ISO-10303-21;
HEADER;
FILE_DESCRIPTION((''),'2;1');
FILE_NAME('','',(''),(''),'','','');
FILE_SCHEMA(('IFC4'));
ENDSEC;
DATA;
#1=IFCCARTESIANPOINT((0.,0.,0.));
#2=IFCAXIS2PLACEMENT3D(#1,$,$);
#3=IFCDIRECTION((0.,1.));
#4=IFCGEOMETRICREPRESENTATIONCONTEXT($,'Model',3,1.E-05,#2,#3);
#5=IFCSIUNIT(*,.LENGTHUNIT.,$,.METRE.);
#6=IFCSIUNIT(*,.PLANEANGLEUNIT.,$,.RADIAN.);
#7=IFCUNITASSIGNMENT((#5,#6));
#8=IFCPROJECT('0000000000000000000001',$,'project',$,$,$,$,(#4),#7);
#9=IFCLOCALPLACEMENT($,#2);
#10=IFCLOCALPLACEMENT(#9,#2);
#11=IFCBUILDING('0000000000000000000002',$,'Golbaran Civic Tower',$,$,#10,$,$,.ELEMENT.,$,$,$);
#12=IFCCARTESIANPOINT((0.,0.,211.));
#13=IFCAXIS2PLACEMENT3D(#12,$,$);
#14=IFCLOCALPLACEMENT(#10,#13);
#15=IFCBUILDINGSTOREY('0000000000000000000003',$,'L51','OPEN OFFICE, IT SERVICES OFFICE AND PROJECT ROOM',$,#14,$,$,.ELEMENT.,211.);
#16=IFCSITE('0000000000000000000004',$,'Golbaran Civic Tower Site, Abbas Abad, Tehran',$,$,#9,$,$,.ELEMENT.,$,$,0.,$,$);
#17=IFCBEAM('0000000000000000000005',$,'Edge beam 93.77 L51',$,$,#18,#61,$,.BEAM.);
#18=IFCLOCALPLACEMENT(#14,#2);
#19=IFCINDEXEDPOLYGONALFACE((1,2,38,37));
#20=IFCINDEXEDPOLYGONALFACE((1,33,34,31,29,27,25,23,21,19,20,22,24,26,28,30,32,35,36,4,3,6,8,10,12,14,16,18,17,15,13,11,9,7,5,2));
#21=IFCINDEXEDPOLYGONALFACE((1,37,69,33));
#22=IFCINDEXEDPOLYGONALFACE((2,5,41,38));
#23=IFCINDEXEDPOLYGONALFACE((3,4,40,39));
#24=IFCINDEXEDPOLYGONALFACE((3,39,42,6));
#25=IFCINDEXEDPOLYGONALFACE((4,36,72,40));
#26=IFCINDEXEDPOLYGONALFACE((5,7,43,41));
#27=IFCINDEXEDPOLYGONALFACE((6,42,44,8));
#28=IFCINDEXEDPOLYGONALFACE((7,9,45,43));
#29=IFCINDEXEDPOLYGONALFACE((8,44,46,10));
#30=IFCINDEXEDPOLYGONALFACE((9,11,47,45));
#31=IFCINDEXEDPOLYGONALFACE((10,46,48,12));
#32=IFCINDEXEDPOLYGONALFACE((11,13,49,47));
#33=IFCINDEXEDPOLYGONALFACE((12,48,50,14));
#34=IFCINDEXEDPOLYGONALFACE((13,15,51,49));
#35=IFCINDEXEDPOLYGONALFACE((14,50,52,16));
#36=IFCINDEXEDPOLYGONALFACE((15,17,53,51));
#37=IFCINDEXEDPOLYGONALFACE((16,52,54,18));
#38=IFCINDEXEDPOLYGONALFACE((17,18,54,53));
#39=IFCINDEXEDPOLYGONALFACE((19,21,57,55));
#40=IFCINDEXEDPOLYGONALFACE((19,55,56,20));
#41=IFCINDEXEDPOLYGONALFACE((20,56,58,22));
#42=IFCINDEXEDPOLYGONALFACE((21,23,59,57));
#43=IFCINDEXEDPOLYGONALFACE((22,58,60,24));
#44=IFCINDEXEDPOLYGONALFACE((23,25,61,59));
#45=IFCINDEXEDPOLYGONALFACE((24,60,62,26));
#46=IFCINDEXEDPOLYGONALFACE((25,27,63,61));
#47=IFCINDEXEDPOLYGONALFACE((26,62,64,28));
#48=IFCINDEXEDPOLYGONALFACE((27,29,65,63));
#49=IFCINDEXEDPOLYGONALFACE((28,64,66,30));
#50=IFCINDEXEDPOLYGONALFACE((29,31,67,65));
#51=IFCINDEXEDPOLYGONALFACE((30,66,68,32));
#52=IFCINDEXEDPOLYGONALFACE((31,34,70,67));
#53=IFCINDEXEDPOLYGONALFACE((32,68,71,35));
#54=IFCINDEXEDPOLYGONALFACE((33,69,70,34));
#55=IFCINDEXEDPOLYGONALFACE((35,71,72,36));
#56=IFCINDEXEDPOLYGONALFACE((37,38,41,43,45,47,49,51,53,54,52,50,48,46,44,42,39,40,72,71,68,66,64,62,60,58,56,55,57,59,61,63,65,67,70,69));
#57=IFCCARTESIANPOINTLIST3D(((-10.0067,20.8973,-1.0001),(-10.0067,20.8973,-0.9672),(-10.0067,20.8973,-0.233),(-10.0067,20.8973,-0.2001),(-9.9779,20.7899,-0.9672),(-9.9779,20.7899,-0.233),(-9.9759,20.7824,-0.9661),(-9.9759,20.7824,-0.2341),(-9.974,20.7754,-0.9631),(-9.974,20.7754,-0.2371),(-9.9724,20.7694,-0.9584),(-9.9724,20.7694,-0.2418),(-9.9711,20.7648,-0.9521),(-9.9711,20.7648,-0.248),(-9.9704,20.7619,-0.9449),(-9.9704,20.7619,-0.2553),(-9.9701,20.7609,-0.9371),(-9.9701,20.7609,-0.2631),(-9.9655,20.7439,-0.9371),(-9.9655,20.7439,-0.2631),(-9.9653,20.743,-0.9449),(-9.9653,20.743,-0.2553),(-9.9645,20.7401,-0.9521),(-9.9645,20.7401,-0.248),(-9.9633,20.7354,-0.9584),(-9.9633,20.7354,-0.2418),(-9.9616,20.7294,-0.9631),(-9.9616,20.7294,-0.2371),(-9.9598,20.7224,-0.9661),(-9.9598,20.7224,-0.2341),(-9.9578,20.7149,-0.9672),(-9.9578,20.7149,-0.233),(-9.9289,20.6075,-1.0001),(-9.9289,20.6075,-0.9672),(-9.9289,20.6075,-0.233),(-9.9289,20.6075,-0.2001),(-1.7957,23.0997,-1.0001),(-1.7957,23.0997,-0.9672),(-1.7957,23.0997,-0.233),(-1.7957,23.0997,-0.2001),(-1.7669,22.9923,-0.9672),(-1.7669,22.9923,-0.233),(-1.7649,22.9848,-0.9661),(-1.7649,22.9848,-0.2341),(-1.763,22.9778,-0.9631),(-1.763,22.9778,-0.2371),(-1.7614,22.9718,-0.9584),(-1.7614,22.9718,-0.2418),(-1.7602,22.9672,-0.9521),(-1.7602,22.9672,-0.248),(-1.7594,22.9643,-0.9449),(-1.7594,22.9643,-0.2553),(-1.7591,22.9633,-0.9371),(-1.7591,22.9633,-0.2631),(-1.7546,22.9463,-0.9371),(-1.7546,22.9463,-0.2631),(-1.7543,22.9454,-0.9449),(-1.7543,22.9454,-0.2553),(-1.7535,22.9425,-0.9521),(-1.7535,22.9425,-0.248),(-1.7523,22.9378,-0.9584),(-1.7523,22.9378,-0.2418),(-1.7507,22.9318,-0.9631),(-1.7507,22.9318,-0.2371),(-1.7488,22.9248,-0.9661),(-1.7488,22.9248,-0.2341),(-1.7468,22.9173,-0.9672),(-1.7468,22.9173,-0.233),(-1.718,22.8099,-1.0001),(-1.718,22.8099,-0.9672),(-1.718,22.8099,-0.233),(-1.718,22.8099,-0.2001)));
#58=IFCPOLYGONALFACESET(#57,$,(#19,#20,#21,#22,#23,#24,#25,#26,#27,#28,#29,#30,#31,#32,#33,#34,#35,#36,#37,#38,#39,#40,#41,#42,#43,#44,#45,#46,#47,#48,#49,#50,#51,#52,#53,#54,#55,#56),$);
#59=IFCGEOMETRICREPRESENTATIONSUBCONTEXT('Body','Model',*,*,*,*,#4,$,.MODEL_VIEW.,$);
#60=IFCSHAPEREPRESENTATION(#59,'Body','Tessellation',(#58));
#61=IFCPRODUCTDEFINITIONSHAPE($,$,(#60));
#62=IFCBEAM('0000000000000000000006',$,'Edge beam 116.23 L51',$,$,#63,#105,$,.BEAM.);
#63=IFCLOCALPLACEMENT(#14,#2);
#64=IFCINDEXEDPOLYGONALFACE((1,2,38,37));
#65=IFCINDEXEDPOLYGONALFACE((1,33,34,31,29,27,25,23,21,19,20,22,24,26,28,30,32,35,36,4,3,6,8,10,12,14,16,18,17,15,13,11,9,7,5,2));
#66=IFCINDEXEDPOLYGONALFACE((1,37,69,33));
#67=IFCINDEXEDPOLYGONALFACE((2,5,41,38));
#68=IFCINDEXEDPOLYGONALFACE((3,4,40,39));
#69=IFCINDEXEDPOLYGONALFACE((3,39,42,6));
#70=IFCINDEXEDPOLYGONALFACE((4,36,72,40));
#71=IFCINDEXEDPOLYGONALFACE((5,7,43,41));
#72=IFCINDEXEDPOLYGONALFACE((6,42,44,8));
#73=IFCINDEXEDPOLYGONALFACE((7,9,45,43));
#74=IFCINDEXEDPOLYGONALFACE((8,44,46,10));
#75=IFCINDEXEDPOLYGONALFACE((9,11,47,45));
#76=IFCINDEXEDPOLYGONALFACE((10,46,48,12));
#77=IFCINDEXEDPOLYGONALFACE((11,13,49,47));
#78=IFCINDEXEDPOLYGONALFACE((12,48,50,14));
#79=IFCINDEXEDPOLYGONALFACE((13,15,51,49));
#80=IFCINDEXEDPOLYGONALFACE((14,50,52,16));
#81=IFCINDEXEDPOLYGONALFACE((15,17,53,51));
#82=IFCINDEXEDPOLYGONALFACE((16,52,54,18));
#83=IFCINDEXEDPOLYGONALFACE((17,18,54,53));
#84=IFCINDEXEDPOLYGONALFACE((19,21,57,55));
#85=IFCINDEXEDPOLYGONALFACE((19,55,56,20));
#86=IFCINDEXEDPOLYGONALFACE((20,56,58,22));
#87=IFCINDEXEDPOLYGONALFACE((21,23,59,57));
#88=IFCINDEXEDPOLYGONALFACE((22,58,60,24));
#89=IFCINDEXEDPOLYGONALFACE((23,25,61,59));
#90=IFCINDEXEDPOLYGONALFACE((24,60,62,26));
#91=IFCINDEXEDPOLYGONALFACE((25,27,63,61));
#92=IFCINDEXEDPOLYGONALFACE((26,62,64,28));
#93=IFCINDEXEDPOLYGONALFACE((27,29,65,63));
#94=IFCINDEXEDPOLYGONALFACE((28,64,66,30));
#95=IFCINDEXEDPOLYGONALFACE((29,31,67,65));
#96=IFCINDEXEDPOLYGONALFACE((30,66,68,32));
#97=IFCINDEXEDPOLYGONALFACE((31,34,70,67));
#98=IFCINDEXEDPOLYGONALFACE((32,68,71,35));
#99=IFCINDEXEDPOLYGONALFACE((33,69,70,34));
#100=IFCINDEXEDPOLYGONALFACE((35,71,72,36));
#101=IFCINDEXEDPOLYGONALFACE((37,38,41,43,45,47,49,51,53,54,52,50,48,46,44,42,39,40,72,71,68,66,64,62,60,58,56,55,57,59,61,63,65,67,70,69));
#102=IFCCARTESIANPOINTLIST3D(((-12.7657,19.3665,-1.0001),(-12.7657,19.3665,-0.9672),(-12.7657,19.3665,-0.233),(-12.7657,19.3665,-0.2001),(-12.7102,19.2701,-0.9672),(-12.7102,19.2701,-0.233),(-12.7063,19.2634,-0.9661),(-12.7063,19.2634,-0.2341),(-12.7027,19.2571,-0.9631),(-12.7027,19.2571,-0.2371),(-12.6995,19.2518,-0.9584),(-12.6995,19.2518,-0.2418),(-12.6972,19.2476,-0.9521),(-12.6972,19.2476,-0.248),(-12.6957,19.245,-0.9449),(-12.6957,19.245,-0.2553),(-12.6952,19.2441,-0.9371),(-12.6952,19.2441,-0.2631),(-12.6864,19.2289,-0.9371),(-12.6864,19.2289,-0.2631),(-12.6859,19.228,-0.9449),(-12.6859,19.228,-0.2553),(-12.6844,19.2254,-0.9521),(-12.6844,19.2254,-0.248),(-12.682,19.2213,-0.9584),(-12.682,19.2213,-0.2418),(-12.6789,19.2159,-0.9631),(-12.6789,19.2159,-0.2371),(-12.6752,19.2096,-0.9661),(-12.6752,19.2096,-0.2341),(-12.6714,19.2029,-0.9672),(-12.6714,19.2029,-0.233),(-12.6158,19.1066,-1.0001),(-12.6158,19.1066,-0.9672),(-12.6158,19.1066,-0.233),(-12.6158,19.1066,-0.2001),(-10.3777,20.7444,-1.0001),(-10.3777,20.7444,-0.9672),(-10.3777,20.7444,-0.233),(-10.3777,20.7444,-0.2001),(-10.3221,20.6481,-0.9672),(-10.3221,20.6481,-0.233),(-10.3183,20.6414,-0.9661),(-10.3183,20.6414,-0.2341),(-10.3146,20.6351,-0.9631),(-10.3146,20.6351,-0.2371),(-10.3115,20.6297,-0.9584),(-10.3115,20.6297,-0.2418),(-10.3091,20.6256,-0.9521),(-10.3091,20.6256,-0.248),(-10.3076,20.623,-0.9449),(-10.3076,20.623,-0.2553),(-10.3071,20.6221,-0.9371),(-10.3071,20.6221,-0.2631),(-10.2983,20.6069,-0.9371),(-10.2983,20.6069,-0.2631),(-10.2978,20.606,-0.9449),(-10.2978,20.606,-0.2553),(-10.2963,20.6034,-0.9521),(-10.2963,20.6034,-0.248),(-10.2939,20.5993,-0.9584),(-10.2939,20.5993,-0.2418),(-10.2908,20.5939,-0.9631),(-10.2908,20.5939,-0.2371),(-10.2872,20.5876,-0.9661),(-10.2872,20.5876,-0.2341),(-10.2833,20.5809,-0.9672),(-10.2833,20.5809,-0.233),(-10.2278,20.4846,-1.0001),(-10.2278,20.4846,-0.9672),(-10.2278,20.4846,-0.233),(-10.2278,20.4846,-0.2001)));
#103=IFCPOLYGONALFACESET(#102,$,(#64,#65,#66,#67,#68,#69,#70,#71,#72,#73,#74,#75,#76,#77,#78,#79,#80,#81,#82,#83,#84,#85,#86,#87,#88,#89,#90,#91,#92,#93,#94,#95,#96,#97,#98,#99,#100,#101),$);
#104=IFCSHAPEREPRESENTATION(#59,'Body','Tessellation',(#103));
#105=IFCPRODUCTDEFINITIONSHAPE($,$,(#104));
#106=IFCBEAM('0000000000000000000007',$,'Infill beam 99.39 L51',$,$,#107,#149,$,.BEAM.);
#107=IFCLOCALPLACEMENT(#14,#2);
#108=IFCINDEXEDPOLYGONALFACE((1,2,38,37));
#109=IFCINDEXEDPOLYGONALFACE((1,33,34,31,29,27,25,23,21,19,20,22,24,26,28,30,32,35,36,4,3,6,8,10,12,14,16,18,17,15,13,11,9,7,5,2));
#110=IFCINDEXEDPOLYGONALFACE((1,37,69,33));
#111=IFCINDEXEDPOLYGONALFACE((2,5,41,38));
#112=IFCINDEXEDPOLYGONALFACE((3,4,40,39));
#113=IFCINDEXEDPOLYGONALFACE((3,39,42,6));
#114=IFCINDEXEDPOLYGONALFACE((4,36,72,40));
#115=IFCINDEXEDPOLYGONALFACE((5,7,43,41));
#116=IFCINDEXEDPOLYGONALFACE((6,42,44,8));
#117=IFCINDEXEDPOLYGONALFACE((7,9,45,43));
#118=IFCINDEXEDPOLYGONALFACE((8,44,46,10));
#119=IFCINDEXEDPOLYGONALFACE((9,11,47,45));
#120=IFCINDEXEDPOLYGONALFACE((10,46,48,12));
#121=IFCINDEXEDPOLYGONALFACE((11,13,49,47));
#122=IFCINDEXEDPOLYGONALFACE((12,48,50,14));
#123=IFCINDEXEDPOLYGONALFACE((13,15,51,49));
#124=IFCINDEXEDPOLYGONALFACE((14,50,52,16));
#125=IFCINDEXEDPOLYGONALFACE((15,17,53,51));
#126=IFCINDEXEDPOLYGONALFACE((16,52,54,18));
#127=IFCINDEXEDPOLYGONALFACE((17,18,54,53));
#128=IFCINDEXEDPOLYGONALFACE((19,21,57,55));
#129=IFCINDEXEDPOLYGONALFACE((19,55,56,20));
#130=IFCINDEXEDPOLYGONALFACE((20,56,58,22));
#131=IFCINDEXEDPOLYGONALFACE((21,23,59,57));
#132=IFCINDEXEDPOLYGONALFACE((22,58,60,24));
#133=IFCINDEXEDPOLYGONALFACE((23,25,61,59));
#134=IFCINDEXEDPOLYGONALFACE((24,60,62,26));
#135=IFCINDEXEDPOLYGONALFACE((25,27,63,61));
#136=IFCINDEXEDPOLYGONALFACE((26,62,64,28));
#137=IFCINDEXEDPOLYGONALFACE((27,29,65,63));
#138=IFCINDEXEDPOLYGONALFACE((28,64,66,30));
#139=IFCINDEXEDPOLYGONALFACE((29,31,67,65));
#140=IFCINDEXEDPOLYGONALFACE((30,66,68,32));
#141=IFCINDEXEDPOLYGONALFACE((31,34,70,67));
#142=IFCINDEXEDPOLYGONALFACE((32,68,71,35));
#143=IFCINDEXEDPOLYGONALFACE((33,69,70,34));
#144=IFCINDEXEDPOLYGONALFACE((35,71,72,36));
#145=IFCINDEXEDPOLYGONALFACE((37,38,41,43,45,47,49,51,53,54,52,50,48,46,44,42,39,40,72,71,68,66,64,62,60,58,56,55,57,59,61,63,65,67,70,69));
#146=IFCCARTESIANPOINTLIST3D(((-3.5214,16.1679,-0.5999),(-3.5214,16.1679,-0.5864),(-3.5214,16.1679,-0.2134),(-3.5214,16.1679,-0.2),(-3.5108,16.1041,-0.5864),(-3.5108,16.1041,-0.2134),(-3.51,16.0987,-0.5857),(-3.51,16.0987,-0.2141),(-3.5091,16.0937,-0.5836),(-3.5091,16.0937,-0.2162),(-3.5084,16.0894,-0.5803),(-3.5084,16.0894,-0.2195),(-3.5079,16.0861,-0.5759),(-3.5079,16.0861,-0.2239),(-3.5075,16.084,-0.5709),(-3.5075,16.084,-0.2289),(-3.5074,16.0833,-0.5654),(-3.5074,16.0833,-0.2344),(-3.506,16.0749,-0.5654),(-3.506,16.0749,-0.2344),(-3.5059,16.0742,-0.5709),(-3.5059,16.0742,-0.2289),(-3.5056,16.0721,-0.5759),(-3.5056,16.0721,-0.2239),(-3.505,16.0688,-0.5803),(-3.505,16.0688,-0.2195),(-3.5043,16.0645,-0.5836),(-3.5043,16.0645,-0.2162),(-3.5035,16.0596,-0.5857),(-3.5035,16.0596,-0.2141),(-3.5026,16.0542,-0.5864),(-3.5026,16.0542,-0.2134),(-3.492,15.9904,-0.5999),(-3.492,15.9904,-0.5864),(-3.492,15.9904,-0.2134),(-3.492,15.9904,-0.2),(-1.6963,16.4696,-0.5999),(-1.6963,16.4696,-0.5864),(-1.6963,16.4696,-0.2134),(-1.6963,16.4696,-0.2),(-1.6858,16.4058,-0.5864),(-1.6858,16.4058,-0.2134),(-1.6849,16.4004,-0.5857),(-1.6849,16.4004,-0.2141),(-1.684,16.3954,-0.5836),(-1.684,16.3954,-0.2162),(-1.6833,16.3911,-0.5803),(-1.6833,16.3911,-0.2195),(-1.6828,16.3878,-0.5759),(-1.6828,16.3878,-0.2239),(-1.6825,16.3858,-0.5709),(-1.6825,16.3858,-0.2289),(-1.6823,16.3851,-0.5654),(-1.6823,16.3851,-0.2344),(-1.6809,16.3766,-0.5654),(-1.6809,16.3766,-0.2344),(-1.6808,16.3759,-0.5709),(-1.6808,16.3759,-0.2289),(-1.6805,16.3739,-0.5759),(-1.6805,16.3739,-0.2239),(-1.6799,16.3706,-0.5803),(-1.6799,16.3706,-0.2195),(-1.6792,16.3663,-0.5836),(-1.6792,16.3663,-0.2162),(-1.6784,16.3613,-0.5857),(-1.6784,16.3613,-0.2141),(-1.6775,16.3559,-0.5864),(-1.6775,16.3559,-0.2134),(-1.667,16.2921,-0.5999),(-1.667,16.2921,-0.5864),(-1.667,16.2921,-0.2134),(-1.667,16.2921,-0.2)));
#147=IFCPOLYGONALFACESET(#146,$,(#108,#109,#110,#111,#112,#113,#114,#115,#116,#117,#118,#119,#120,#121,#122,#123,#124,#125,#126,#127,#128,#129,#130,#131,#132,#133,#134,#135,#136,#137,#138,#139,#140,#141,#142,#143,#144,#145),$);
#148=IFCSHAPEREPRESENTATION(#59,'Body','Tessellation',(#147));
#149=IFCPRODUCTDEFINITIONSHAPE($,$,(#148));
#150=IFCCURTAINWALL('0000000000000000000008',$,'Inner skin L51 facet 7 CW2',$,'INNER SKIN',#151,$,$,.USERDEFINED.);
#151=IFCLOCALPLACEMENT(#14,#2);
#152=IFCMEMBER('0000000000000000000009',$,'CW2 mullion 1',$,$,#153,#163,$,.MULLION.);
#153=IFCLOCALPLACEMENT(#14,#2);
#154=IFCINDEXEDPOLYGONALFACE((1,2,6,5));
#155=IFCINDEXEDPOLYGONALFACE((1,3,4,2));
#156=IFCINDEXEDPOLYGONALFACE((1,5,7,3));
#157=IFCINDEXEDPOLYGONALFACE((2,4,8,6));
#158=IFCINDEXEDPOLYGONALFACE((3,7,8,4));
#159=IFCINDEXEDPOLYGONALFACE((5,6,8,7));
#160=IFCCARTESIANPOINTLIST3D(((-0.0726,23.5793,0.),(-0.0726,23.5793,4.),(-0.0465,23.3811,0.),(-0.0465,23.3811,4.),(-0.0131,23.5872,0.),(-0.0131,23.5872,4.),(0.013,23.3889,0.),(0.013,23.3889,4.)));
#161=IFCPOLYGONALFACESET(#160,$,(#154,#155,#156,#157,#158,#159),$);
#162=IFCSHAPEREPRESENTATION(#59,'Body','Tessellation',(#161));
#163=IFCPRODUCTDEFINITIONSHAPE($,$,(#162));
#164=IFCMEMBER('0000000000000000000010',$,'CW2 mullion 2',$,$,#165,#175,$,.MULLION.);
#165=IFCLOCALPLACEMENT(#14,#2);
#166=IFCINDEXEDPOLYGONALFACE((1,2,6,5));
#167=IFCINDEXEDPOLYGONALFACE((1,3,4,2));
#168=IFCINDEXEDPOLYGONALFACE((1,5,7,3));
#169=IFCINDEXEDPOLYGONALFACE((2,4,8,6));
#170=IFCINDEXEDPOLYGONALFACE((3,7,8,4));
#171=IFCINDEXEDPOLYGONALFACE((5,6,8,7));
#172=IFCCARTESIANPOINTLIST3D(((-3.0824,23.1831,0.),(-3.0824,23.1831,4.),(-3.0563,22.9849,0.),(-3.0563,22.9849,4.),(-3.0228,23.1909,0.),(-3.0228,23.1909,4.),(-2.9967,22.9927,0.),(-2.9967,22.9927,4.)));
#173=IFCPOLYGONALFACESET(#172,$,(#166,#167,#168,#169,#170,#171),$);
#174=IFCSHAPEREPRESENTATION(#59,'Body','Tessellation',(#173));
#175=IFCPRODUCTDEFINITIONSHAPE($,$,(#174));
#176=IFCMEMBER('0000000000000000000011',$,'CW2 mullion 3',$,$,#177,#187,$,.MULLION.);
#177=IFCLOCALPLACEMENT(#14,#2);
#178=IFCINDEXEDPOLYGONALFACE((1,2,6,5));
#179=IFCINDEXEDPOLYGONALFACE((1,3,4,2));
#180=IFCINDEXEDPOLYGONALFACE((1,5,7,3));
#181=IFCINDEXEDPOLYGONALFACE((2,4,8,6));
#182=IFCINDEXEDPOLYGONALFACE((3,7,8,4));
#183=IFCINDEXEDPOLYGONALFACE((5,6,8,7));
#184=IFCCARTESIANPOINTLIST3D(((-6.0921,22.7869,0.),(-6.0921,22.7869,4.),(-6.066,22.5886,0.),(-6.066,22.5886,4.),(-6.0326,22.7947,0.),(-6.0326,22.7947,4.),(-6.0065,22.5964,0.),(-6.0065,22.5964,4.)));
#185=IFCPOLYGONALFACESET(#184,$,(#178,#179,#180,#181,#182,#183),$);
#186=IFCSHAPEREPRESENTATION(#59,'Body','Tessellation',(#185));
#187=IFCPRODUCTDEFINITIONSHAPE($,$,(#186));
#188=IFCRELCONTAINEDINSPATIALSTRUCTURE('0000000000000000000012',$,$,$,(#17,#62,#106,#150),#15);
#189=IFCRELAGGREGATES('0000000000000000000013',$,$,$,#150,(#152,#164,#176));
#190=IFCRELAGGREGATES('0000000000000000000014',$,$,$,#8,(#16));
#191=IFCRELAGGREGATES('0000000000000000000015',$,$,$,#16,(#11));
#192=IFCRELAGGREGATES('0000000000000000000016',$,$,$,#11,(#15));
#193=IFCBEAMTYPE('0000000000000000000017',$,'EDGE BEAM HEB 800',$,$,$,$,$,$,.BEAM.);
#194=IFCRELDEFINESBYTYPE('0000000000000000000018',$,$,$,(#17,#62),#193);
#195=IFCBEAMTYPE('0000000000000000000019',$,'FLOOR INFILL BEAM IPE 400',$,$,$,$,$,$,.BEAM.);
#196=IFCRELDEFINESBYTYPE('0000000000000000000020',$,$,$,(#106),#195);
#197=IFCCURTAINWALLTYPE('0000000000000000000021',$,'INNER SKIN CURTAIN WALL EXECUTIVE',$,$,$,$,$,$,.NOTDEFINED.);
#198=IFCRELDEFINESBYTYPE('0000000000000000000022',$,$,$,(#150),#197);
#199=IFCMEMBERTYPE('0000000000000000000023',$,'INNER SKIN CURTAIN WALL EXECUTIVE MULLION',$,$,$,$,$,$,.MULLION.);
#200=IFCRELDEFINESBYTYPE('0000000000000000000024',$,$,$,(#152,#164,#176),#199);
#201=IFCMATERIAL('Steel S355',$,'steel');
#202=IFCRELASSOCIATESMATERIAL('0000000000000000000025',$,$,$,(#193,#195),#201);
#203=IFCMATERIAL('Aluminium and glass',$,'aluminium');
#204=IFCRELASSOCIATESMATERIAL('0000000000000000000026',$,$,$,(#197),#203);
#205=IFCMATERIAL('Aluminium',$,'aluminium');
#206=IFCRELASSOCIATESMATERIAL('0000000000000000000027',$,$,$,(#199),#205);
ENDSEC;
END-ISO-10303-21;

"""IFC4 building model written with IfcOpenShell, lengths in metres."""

from ifc_helpers import new_model, si_unit, direction, frame, origin, origin_2d, place, context, subcontext, project, spatial, rectangle, i_section, extrude, material, material_profile, profile_set, type_object, element, aggregate, save


model = new_model("IFC4")

# Units and contexts
model_context = context("Model", 3, precision=1e-05, world=origin(), true_north=direction((0.0, 1.0)))
body_context = subcontext(model_context, "Body", "Model", "MODEL_VIEW")
ifc_project = project(units=[si_unit("LENGTHUNIT", "METRE"), si_unit("PLANEANGLEUNIT", "RADIAN")], contexts=[model_context])

# Site, building, storey
site_placement = place(None, origin())
site = spatial("IfcSite", under=ifc_project, at=site_placement, Name="Golbaran Civic Tower Site, Abbas Abad, Tehran", CompositionType="ELEMENT", RefElevation=0.0)
building_placement = place(site_placement, origin())
building = spatial("IfcBuilding", under=site, at=building_placement, Name="Golbaran Civic Tower", CompositionType="ELEMENT")
storey_placement = place(building_placement, frame((0.0, 0.0, 211.0)))
storey = spatial("IfcBuildingStorey", under=building, at=storey_placement, Name="L51", Description="OPEN OFFICE, IT SERVICES OFFICE AND PROJECT ROOM", CompositionType="ELEMENT", Elevation=211.0)

# Beams
ifc_material_1 = material(Name="Steel S355", Category="steel")
ifc_material_profile_1 = material_profile(ifc_material_1, i_section(OverallWidth=0.3, OverallDepth=0.8, WebThickness=0.0176, FlangeThickness=0.033, FilletRadius=0.03, at=origin_2d()), Name="HEB 800")
ifc_profile_set_1 = profile_set([ifc_material_profile_1], Name="Steel S355")
beam_type_1 = type_object("IfcBeamType", Name="EDGE BEAM HEB 800", PredefinedType="BEAM", material=ifc_profile_set_1)
beam_1_placement = place(storey_placement, frame((-1.7568, 22.9548, -0.6001), z_axis=(-0.965859, -0.259069, 0.0), x_axis=(0.259069, -0.965859, 0.0)))
element("IfcBeam", 1, at=beam_1_placement, inside=storey, type_object=beam_type_1, Name="Edge beam 93.77 L51", PredefinedType="BEAM", context=body_context, shape_type="SweptSolid", body=[
    extrude(i_section(OverallWidth=0.3, OverallDepth=0.8, WebThickness=0.0176, FlangeThickness=0.033, FilletRadius=0.03, at=origin_2d()), origin(), (0.0, 0.0, 1.0), 8.5012),
])
beam_2_placement = place(storey_placement, frame((-10.3027, 20.6145, -0.6001), z_axis=(-0.866143, -0.499797, 0.0), x_axis=(0.499797, -0.866143, 0.0)))
element("IfcBeam", 2, at=beam_2_placement, inside=storey, type_object=beam_type_1, Name="Edge beam 116.23 L51", PredefinedType="BEAM", context=body_context, shape_type="SweptSolid", body=[
    extrude(i_section(OverallWidth=0.3, OverallDepth=0.8, WebThickness=0.0176, FlangeThickness=0.033, FilletRadius=0.03, at=origin_2d()), origin(), (0.0, 0.0, 1.0), 2.7571),
])
ifc_material_profile_2 = material_profile(ifc_material_1, i_section(OverallWidth=0.1799, OverallDepth=0.3999, WebThickness=0.0085, FlangeThickness=0.0134, FilletRadius=0.021, at=origin_2d()), Name="IPE 400")
ifc_profile_set_2 = profile_set([ifc_material_profile_2], Name="Steel S355")
beam_type_2 = type_object("IfcBeamType", Name="FLOOR INFILL BEAM IPE 400", PredefinedType="BEAM", material=ifc_profile_set_2)
beam_3_placement = place(storey_placement, frame((-1.6816, 16.3809, -0.3999), z_axis=(-0.986607, -0.163115, 0.0), x_axis=(0.163115, -0.986607, 0.0)))
element("IfcBeam", 3, at=beam_3_placement, inside=storey, type_object=beam_type_2, Name="Infill beam 99.39 L51", PredefinedType="BEAM", context=body_context, shape_type="SweptSolid", body=[
    extrude(i_section(OverallWidth=0.1799, OverallDepth=0.3999, WebThickness=0.0085, FlangeThickness=0.0134, FilletRadius=0.021, at=origin_2d()), origin(), (0.0, 0.0, 1.0), 1.8499),
])

# Curtain wall, members
ifc_material_2 = material(Name="Aluminium and glass", Category="aluminium")
curtain_wall_type = type_object("IfcCurtainWallType", Name="INNER SKIN CURTAIN WALL EXECUTIVE", PredefinedType="NOTDEFINED", material=ifc_material_2)
curtain_wall_1_placement = place(storey_placement, origin())
curtain_wall_1 = element("IfcCurtainWall", 4, at=curtain_wall_1_placement, inside=storey, type_object=curtain_wall_type, Name="Inner skin L51 facet 7 CW2", ObjectType="INNER SKIN", PredefinedType="USERDEFINED")
ifc_material_3 = material(Name="Aluminium", Category="aluminium")
ifc_material_profile_3 = material_profile(ifc_material_3, rectangle(XDim=0.2, YDim=0.0601, at=origin_2d()), Name="INNER SKIN CURTAIN WALL EXECUTIVE MULLION")
ifc_profile_set_3 = profile_set([ifc_material_profile_3], Name="Aluminium")
member_type_1 = type_object("IfcMemberType", Name="INNER SKIN CURTAIN WALL EXECUTIVE MULLION", PredefinedType="MULLION", material=ifc_profile_set_3)
member_1_placement = place(storey_placement, frame((-0.0298, 23.4841, 0.0), z_axis=(0.0, 0.0, 1.0), x_axis=(0.130526, -0.991445, 0.0)))
member_1 = element("IfcMember", 5, at=member_1_placement, type_object=member_type_1, Name="CW2 mullion 1", PredefinedType="MULLION", context=body_context, shape_type="SweptSolid", body=[
    extrude(rectangle(XDim=0.2, YDim=0.0601, at=origin_2d()), origin(), (0.0, 0.0, 1.0), 4.0),
])
member_2_placement = place(storey_placement, frame((-3.0396, 23.0879, 0.0), z_axis=(0.0, 0.0, 1.0), x_axis=(0.130526, -0.991445, 0.0)))
member_2 = element("IfcMember", 6, at=member_2_placement, type_object=member_type_1, Name="CW2 mullion 2", PredefinedType="MULLION", context=body_context, shape_type="SweptSolid", body=[
    extrude(rectangle(XDim=0.2, YDim=0.0601, at=origin_2d()), origin(), (0.0, 0.0, 1.0), 4.0),
])
member_3_placement = place(storey_placement, frame((-6.0493, 22.6917, 0.0), z_axis=(0.0, 0.0, 1.0), x_axis=(0.130526, -0.991445, 0.0)))
member_3 = element("IfcMember", 7, at=member_3_placement, type_object=member_type_1, Name="CW2 mullion 3", PredefinedType="MULLION", context=body_context, shape_type="SweptSolid", body=[
    extrude(rectangle(XDim=0.2, YDim=0.0601, at=origin_2d()), origin(), (0.0, 0.0, 1.0), 4.0),
])

aggregate(curtain_wall_1, [member_1, member_2, member_3])

save(model, "model.ifc")
